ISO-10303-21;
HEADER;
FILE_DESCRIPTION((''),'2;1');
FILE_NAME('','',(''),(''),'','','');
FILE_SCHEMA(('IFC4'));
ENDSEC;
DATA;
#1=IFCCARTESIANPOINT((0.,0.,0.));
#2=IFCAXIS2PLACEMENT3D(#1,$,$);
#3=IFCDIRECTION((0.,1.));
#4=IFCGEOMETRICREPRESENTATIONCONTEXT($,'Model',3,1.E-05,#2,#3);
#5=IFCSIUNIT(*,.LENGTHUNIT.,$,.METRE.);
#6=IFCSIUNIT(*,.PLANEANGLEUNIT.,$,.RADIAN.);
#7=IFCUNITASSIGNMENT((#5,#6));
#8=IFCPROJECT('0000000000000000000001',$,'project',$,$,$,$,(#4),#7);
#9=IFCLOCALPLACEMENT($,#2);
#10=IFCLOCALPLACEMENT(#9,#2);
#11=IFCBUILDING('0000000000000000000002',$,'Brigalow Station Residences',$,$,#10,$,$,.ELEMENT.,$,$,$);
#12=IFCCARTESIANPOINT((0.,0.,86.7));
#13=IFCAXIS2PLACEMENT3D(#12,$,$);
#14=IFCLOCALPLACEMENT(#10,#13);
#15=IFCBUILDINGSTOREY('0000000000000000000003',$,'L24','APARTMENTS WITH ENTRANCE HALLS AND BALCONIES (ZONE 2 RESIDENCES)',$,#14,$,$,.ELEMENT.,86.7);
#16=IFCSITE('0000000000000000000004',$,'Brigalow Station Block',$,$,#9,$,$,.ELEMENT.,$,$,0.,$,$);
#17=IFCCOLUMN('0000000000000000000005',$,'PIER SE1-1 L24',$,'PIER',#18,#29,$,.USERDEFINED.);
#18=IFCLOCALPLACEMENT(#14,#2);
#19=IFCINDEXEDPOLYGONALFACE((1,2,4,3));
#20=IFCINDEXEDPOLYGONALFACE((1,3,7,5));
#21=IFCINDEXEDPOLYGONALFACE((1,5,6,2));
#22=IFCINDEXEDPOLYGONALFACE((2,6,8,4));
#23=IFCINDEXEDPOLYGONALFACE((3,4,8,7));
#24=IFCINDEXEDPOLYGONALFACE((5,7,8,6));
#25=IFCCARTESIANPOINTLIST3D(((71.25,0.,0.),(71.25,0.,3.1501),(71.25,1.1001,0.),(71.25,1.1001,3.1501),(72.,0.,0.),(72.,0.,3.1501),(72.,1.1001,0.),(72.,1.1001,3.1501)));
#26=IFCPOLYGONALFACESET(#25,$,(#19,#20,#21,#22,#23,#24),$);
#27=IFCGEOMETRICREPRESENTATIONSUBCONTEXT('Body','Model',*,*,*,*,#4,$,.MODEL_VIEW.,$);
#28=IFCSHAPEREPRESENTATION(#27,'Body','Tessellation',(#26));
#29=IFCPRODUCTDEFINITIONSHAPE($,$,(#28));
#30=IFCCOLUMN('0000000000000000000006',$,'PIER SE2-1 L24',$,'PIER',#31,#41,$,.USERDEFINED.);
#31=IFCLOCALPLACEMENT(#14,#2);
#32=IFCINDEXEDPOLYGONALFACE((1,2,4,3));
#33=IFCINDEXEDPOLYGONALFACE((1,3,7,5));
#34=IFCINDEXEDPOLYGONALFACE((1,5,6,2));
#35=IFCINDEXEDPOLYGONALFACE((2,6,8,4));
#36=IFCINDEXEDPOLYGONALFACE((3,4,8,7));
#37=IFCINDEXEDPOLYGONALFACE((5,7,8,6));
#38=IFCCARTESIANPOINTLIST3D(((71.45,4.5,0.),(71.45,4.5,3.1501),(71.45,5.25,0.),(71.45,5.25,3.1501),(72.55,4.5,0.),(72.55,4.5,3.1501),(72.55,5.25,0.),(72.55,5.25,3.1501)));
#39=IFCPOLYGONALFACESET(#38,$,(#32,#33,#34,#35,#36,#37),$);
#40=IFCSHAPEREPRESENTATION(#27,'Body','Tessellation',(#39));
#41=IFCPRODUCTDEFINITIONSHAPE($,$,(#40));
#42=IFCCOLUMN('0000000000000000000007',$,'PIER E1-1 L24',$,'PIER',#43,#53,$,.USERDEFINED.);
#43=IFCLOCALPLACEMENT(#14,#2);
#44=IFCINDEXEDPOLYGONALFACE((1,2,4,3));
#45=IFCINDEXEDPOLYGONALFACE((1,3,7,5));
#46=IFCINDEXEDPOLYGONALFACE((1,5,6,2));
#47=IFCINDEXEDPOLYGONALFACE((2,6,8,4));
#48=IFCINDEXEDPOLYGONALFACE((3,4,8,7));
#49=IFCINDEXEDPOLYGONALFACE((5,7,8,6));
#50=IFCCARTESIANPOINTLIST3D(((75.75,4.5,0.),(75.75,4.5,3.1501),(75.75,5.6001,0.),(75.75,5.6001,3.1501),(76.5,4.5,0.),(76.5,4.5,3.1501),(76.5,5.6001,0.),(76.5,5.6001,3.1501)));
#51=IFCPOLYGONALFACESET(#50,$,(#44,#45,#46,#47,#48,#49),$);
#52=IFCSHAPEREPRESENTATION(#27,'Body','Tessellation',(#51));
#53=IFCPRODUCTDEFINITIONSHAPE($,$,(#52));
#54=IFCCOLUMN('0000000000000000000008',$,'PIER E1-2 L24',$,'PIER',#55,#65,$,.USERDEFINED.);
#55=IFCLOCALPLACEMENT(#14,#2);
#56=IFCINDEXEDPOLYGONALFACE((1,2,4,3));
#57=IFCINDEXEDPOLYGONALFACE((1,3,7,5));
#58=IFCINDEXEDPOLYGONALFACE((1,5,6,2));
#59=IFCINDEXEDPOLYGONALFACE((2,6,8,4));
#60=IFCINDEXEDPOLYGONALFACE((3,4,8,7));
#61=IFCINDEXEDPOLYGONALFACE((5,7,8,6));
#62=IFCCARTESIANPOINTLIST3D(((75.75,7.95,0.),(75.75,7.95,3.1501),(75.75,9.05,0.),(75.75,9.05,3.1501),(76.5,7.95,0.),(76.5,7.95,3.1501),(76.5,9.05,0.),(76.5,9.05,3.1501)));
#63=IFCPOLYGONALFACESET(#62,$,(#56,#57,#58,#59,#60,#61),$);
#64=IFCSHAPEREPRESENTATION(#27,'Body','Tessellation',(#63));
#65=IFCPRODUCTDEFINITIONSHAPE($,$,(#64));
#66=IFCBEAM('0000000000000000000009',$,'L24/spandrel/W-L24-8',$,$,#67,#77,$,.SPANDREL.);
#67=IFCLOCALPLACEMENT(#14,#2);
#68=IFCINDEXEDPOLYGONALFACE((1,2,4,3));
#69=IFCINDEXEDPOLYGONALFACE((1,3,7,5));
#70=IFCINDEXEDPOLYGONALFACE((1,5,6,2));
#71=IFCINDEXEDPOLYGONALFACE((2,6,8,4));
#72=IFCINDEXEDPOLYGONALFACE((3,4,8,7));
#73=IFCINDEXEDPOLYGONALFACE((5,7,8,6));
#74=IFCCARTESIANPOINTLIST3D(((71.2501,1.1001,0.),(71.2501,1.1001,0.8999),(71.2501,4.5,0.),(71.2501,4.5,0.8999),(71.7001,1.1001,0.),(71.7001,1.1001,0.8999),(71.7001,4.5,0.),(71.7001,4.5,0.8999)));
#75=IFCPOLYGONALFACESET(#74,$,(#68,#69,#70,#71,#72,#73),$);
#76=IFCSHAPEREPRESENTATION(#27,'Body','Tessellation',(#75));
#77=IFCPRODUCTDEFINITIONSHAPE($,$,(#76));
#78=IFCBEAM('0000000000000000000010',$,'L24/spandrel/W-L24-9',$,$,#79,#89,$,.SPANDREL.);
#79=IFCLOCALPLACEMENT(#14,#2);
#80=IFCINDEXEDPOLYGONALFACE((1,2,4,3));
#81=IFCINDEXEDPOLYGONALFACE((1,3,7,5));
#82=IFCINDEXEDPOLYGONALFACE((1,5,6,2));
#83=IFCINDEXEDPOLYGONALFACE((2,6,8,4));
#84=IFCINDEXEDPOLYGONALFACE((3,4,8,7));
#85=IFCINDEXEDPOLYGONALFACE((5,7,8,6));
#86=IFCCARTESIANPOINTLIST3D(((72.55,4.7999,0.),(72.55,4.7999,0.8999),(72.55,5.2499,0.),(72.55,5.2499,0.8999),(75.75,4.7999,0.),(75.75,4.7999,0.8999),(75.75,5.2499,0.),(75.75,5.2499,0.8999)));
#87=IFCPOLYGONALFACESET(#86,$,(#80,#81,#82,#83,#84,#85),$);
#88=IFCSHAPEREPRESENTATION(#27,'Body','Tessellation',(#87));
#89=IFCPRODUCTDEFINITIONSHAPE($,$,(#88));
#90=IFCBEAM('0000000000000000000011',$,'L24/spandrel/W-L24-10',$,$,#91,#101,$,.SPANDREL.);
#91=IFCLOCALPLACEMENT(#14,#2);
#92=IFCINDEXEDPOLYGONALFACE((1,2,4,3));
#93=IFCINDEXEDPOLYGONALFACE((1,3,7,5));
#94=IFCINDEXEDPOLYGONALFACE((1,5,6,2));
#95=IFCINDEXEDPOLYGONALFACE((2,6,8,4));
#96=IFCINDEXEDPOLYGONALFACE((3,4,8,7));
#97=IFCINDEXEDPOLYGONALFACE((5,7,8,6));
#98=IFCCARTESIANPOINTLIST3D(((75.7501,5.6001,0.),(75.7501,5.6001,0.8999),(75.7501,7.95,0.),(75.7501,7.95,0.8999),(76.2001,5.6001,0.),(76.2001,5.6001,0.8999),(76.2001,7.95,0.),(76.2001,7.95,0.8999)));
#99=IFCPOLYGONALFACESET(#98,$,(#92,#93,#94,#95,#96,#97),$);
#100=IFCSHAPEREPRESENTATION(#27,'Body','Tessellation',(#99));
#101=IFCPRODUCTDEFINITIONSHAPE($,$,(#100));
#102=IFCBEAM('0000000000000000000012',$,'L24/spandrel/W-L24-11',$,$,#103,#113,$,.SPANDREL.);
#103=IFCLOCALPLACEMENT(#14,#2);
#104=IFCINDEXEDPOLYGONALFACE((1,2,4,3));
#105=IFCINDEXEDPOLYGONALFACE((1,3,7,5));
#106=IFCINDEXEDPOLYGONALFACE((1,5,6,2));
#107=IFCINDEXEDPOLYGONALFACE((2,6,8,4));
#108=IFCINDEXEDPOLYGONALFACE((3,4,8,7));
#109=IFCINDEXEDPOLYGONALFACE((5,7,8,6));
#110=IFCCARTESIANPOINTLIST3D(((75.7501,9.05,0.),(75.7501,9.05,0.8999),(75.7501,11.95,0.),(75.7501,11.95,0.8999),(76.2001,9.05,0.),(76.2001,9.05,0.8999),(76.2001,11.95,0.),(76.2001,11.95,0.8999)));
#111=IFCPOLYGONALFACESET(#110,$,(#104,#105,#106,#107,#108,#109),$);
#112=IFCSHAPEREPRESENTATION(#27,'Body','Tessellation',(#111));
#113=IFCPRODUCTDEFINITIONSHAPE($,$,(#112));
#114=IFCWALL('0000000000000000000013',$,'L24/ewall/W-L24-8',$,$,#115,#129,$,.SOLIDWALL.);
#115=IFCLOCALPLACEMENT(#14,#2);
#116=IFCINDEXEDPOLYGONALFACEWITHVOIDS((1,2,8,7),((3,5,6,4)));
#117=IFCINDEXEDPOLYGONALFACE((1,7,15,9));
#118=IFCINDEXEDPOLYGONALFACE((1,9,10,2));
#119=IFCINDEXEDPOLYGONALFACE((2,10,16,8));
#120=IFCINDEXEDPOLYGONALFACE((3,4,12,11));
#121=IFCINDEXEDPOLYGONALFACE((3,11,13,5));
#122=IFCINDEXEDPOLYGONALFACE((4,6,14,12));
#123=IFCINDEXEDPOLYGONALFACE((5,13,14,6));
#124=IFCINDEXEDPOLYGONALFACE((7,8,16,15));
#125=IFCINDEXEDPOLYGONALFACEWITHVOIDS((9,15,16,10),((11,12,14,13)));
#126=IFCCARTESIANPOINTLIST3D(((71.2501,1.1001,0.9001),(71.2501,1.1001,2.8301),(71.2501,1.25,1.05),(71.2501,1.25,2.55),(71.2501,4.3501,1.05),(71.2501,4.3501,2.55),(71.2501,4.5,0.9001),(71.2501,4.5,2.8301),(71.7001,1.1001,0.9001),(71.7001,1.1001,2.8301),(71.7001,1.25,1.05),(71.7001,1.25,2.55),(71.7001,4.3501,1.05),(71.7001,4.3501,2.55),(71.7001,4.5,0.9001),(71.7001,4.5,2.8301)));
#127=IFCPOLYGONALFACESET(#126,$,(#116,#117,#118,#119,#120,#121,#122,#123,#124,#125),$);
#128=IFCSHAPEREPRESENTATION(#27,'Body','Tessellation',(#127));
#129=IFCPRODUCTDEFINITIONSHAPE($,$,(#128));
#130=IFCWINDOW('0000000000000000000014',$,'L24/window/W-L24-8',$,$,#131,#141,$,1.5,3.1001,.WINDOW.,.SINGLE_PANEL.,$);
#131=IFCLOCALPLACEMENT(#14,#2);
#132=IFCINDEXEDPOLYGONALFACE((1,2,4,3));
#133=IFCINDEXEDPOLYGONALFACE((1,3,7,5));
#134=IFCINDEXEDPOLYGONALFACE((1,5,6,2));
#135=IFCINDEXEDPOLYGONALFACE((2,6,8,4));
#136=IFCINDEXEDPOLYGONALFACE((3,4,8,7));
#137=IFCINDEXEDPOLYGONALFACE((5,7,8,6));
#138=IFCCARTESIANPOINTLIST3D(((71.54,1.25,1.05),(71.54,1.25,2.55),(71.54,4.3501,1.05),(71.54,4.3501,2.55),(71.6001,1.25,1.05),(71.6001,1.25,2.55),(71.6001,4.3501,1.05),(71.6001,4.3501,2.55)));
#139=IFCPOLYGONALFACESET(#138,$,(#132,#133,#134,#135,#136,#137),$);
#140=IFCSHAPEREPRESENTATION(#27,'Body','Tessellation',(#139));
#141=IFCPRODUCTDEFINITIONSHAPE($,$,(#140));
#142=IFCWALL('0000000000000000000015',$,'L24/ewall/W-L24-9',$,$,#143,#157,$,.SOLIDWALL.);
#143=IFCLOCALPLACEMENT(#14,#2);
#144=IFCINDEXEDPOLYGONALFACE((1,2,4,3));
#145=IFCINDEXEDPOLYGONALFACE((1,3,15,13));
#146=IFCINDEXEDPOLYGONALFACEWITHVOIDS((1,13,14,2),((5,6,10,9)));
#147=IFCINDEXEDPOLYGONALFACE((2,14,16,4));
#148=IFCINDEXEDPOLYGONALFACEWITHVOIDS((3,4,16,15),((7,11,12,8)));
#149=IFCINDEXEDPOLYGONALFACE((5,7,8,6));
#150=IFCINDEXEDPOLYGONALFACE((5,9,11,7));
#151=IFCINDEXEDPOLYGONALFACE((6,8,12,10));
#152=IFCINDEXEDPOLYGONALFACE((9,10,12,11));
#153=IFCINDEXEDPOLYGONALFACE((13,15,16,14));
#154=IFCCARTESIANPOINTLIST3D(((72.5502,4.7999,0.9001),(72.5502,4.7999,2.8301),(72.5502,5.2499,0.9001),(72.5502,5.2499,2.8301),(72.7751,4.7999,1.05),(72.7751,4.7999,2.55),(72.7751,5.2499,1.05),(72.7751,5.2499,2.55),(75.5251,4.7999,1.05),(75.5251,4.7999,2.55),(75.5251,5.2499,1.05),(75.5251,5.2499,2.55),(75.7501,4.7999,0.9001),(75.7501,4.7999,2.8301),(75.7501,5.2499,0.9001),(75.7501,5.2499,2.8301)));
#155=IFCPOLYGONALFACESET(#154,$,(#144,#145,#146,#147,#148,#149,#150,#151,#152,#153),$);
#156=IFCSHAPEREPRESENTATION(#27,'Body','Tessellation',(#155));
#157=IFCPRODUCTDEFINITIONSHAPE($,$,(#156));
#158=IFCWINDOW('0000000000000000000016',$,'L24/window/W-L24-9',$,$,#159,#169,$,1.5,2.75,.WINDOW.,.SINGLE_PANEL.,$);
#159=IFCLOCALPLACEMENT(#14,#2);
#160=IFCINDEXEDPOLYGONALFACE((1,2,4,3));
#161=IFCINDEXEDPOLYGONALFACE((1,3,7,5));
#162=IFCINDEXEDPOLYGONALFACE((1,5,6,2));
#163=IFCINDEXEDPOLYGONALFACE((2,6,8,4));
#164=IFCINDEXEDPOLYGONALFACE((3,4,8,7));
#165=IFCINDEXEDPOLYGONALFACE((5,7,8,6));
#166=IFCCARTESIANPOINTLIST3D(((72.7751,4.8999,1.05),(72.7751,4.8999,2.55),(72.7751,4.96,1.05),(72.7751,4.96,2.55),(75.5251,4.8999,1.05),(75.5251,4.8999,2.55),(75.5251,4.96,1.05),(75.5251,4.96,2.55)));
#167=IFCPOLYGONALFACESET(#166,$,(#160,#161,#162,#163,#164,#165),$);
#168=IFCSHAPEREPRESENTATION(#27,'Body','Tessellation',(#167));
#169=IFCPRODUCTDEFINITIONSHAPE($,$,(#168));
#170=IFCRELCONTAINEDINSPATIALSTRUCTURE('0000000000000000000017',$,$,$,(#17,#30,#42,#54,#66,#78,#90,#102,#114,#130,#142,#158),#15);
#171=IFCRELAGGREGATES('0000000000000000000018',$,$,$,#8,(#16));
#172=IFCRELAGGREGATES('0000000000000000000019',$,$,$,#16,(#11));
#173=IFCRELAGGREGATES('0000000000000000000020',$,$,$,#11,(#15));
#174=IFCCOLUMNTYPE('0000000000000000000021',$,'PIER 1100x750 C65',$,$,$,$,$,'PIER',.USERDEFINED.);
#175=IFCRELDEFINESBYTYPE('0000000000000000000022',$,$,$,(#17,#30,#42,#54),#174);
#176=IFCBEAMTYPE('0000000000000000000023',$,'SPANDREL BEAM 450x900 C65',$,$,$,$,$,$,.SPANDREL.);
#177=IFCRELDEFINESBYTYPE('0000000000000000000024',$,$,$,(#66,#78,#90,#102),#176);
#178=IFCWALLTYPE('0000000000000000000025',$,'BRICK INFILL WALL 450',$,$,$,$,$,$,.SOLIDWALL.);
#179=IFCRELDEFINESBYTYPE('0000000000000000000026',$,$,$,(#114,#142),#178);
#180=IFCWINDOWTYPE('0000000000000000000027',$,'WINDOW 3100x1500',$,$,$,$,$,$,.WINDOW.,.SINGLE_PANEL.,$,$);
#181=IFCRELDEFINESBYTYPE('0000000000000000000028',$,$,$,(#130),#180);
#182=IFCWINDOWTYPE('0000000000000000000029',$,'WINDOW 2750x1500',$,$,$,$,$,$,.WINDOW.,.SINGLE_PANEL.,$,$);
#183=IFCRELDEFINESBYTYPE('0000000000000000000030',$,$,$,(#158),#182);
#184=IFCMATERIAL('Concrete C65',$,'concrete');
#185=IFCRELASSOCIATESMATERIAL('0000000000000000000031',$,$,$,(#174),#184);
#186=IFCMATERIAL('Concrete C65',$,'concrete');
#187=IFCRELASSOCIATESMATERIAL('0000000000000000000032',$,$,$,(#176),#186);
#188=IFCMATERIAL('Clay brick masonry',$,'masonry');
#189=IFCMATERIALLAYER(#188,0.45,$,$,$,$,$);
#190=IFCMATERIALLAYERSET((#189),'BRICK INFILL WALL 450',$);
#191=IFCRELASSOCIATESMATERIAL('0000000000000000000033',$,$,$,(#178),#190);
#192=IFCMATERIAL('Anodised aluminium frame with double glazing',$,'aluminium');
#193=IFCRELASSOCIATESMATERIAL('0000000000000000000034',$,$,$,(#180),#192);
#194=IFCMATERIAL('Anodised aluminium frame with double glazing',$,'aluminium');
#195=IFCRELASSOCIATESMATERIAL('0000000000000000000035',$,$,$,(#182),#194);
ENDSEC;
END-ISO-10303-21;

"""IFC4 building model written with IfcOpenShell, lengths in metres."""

from ifc_helpers import new_model, si_unit, direction, frame, frame_2d, origin, origin_2d, place, context, subcontext, project, spatial, rectangle, extrude, material, layer, layer_set, material_profile, profile_set, type_object, element, fill, save


model = new_model("IFC4")

# Units and contexts
model_context = context("Model", 3, precision=1e-05, world=origin(), true_north=direction((0.0, 1.0)))
body_context = subcontext(model_context, "Body", "Model", "MODEL_VIEW")
ifc_project = project(units=[si_unit("LENGTHUNIT", "METRE"), si_unit("PLANEANGLEUNIT", "RADIAN")], contexts=[model_context])

# Site, building, storey
site_placement = place(None, origin())
site = spatial("IfcSite", under=ifc_project, at=site_placement, Name="Brigalow Station Block", CompositionType="ELEMENT", RefElevation=0.0)
building_placement = place(site_placement, origin())
building = spatial("IfcBuilding", under=site, at=building_placement, Name="Brigalow Station Residences", CompositionType="ELEMENT")
storey_placement = place(building_placement, frame((0.0, 0.0, 86.7)))
storey = spatial("IfcBuildingStorey", under=building, at=storey_placement, Name="L24", Description="APARTMENTS WITH ENTRANCE HALLS AND BALCONIES (ZONE 2 RESIDENCES)", CompositionType="ELEMENT", Elevation=86.7)

# Columns
ifc_material_1 = material(Name="Concrete C65", Category="concrete")
ifc_material_profile_1 = material_profile(ifc_material_1, rectangle(XDim=1.1001, YDim=0.75, at=origin_2d()), Name="RC1100x750")
ifc_profile_set_1 = profile_set([ifc_material_profile_1], Name="Concrete C65")
column_type = type_object("IfcColumnType", Name="PIER 1100x750 C65", ElementType="PIER", PredefinedType="USERDEFINED", material=ifc_profile_set_1)
for number, where, z_axis, x_axis, name in (
    (1, (71.625, 0.55, 0.0), (0.0, 0.0, 1.0), (0.0, 1.0, 0.0), "PIER SE1-1 L24"),
    (2, (72.0, 4.875, 0.0), (0.0, 0.0, 1.0), (1.0, 0.0, 0.0), "PIER SE2-1 L24"),
    (3, (76.125, 5.05, 0.0), (0.0, 0.0, 1.0), (0.0, 1.0, 0.0), "PIER E1-1 L24"),
    (4, (76.125, 8.5, 0.0), (0.0, 0.0, 1.0), (0.0, 1.0, 0.0), "PIER E1-2 L24"),
):
    element("IfcColumn", number, at=place(storey_placement, frame(where, z_axis=z_axis, x_axis=x_axis)), inside=storey, type_object=column_type, Name=name, ObjectType="PIER", PredefinedType="USERDEFINED", context=body_context, shape_type="SweptSolid", body=[
        extrude(rectangle(XDim=1.1001, YDim=0.75, at=origin_2d()), origin(), (0.0, 0.0, 1.0), 3.1501),
    ])

# Beams
ifc_material_2 = material(Name="Concrete C65", Category="concrete")
ifc_material_profile_2 = material_profile(ifc_material_2, rectangle(XDim=0.45, YDim=0.8999, at=origin_2d()), Name="RC450x900")
ifc_profile_set_2 = profile_set([ifc_material_profile_2], Name="Concrete C65")
beam_type = type_object("IfcBeamType", Name="SPANDREL BEAM 450x900 C65", PredefinedType="SPANDREL", material=ifc_profile_set_2)
beam_1_placement = place(storey_placement, frame((71.4751, 1.1001, 0.45), z_axis=(0.0, 1.0, 0.0), x_axis=(-1.0, 0.0, 0.0)))
element("IfcBeam", 5, at=beam_1_placement, inside=storey, type_object=beam_type, Name="L24/spandrel/W-L24-8", PredefinedType="SPANDREL", context=body_context, shape_type="SweptSolid", body=[
    extrude(rectangle(XDim=0.45, YDim=0.8999, at=origin_2d()), origin(), (0.0, 0.0, 1.0), 3.3999),
])
beam_2_placement = place(storey_placement, frame((72.55, 5.0249, 0.45), z_axis=(1.0, 0.0, 0.0), x_axis=(0.0, 1.0, 0.0)))
element("IfcBeam", 6, at=beam_2_placement, inside=storey, type_object=beam_type, Name="L24/spandrel/W-L24-9", PredefinedType="SPANDREL", context=body_context, shape_type="SweptSolid", body=[
    extrude(rectangle(XDim=0.45, YDim=0.8999, at=origin_2d()), origin(), (0.0, 0.0, 1.0), 3.2),
])
beam_3_placement = place(storey_placement, frame((75.9751, 5.6001, 0.45), z_axis=(0.0, 1.0, 0.0), x_axis=(-1.0, 0.0, 0.0)))
element("IfcBeam", 7, at=beam_3_placement, inside=storey, type_object=beam_type, Name="L24/spandrel/W-L24-10", PredefinedType="SPANDREL", context=body_context, shape_type="SweptSolid", body=[
    extrude(rectangle(XDim=0.45, YDim=0.8999, at=origin_2d()), origin(), (0.0, 0.0, 1.0), 2.3499),
])
beam_4_placement = place(storey_placement, frame((75.9751, 9.05, 0.45), z_axis=(0.0, 1.0, 0.0), x_axis=(-1.0, 0.0, 0.0)))
element("IfcBeam", 8, at=beam_4_placement, inside=storey, type_object=beam_type, Name="L24/spandrel/W-L24-11", PredefinedType="SPANDREL", context=body_context, shape_type="SweptSolid", body=[
    extrude(rectangle(XDim=0.45, YDim=0.8999, at=origin_2d()), origin(), (0.0, 0.0, 1.0), 2.8999),
])

# Walls, openings, windows
ifc_material_3 = material(Name="Clay brick masonry", Category="masonry")
ifc_layer_1 = layer(ifc_material_3, 0.45)
ifc_layer_set_1 = layer_set([ifc_layer_1], Name="BRICK INFILL WALL 450")
wall_type_1 = type_object("IfcWallType", Name="BRICK INFILL WALL 450", PredefinedType="SOLIDWALL", material=ifc_layer_set_1)
wall_1_placement = place(storey_placement, frame((71.4751, 1.1001, 0.9001), z_axis=(0.0, 0.0, 1.0), x_axis=(0.0, 1.0, 0.0)))
wall_1 = element("IfcWall", 9, at=wall_1_placement, inside=storey, type_object=wall_type_1, Name="L24/ewall/W-L24-8", PredefinedType="SOLIDWALL", context=body_context, shape_type="SweptSolid", body=[
    extrude(rectangle(XDim=3.3999, YDim=0.45, at=frame_2d((1.7, 0.0))), origin(), (0.0, 0.0, 1.0), 1.9299),
])
opening_1_placement = place(wall_1_placement, frame((0.1499, 0.0, 0.1499)))
opening_1 = element("IfcOpeningElement", 10, at=opening_1_placement, cuts=wall_1, PredefinedType="OPENING", context=body_context, shape_type="SweptSolid", body=[
    extrude(rectangle(XDim=3.1001, YDim=1.5, at=frame_2d((1.55, 0.75))), frame((0.0, 0.2349, 0.0), z_axis=(0.0, -1.0, 0.0), x_axis=(1.0, 0.0, 0.0)), (0.0, 0.0, 1.0), 0.47),
])
ifc_material_4 = material(Name="Anodised aluminium frame with double glazing", Category="aluminium")
window_type_1 = type_object("IfcWindowType", Name="WINDOW 3100x1500", PartitioningType="SINGLE_PANEL", PredefinedType="WINDOW", material=ifc_material_4)
window_1_placement = place(opening_1_placement, origin())
window_1 = element("IfcWindow", 11, at=window_1_placement, inside=storey, type_object=window_type_1, Name="L24/window/W-L24-8", OverallHeight=1.5, OverallWidth=3.1001, PartitioningType="SINGLE_PANEL", PredefinedType="WINDOW", context=body_context, shape_type="SweptSolid", body=[
    extrude(rectangle(XDim=3.1001, YDim=1.5, at=frame_2d((1.55, 0.75))), frame((0.0, -0.0649, 0.0), z_axis=(0.0, -1.0, 0.0), x_axis=(1.0, 0.0, 0.0)), (0.0, 0.0, 1.0), 0.0601),
])
fill(opening_1, window_1)
wall_2_placement = place(storey_placement, frame((72.55, 5.0249, 0.9001), z_axis=(0.0, 0.0, 1.0), x_axis=(1.0, 0.0, 0.0)))
wall_2 = element("IfcWall", 12, at=wall_2_placement, inside=storey, type_object=wall_type_1, Name="L24/ewall/W-L24-9", PredefinedType="SOLIDWALL", context=body_context, shape_type="SweptSolid", body=[
    extrude(rectangle(XDim=3.2, YDim=0.45, at=frame_2d((1.6001, 0.0))), origin(), (0.0, 0.0, 1.0), 1.9299),
])
opening_2_placement = place(wall_2_placement, frame((0.2251, 0.0, 0.1499)))
opening_2 = element("IfcOpeningElement", 13, at=opening_2_placement, cuts=wall_2, PredefinedType="OPENING", context=body_context, shape_type="SweptSolid", body=[
    extrude(rectangle(XDim=2.75, YDim=1.5, at=frame_2d((1.375, 0.75))), frame((0.0, 0.2349, 0.0), z_axis=(0.0, -1.0, 0.0), x_axis=(1.0, 0.0, 0.0)), (0.0, 0.0, 1.0), 0.47),
])
ifc_material_5 = material(Name="Anodised aluminium frame with double glazing", Category="aluminium")
window_type_2 = type_object("IfcWindowType", Name="WINDOW 2750x1500", PartitioningType="SINGLE_PANEL", PredefinedType="WINDOW", material=ifc_material_5)
window_2_placement = place(opening_2_placement, origin())
window_2 = element("IfcWindow", 14, at=window_2_placement, inside=storey, type_object=window_type_2, Name="L24/window/W-L24-9", OverallHeight=1.5, OverallWidth=2.75, PartitioningType="SINGLE_PANEL", PredefinedType="WINDOW", context=body_context, shape_type="SweptSolid", body=[
    extrude(rectangle(XDim=2.75, YDim=1.5, at=frame_2d((1.375, 0.75))), frame((0.0, -0.0649, 0.0), z_axis=(0.0, -1.0, 0.0), x_axis=(1.0, 0.0, 0.0)), (0.0, 0.0, 1.0), 0.0601),
])
fill(opening_2, window_2)

save(model, "model.ifc")
